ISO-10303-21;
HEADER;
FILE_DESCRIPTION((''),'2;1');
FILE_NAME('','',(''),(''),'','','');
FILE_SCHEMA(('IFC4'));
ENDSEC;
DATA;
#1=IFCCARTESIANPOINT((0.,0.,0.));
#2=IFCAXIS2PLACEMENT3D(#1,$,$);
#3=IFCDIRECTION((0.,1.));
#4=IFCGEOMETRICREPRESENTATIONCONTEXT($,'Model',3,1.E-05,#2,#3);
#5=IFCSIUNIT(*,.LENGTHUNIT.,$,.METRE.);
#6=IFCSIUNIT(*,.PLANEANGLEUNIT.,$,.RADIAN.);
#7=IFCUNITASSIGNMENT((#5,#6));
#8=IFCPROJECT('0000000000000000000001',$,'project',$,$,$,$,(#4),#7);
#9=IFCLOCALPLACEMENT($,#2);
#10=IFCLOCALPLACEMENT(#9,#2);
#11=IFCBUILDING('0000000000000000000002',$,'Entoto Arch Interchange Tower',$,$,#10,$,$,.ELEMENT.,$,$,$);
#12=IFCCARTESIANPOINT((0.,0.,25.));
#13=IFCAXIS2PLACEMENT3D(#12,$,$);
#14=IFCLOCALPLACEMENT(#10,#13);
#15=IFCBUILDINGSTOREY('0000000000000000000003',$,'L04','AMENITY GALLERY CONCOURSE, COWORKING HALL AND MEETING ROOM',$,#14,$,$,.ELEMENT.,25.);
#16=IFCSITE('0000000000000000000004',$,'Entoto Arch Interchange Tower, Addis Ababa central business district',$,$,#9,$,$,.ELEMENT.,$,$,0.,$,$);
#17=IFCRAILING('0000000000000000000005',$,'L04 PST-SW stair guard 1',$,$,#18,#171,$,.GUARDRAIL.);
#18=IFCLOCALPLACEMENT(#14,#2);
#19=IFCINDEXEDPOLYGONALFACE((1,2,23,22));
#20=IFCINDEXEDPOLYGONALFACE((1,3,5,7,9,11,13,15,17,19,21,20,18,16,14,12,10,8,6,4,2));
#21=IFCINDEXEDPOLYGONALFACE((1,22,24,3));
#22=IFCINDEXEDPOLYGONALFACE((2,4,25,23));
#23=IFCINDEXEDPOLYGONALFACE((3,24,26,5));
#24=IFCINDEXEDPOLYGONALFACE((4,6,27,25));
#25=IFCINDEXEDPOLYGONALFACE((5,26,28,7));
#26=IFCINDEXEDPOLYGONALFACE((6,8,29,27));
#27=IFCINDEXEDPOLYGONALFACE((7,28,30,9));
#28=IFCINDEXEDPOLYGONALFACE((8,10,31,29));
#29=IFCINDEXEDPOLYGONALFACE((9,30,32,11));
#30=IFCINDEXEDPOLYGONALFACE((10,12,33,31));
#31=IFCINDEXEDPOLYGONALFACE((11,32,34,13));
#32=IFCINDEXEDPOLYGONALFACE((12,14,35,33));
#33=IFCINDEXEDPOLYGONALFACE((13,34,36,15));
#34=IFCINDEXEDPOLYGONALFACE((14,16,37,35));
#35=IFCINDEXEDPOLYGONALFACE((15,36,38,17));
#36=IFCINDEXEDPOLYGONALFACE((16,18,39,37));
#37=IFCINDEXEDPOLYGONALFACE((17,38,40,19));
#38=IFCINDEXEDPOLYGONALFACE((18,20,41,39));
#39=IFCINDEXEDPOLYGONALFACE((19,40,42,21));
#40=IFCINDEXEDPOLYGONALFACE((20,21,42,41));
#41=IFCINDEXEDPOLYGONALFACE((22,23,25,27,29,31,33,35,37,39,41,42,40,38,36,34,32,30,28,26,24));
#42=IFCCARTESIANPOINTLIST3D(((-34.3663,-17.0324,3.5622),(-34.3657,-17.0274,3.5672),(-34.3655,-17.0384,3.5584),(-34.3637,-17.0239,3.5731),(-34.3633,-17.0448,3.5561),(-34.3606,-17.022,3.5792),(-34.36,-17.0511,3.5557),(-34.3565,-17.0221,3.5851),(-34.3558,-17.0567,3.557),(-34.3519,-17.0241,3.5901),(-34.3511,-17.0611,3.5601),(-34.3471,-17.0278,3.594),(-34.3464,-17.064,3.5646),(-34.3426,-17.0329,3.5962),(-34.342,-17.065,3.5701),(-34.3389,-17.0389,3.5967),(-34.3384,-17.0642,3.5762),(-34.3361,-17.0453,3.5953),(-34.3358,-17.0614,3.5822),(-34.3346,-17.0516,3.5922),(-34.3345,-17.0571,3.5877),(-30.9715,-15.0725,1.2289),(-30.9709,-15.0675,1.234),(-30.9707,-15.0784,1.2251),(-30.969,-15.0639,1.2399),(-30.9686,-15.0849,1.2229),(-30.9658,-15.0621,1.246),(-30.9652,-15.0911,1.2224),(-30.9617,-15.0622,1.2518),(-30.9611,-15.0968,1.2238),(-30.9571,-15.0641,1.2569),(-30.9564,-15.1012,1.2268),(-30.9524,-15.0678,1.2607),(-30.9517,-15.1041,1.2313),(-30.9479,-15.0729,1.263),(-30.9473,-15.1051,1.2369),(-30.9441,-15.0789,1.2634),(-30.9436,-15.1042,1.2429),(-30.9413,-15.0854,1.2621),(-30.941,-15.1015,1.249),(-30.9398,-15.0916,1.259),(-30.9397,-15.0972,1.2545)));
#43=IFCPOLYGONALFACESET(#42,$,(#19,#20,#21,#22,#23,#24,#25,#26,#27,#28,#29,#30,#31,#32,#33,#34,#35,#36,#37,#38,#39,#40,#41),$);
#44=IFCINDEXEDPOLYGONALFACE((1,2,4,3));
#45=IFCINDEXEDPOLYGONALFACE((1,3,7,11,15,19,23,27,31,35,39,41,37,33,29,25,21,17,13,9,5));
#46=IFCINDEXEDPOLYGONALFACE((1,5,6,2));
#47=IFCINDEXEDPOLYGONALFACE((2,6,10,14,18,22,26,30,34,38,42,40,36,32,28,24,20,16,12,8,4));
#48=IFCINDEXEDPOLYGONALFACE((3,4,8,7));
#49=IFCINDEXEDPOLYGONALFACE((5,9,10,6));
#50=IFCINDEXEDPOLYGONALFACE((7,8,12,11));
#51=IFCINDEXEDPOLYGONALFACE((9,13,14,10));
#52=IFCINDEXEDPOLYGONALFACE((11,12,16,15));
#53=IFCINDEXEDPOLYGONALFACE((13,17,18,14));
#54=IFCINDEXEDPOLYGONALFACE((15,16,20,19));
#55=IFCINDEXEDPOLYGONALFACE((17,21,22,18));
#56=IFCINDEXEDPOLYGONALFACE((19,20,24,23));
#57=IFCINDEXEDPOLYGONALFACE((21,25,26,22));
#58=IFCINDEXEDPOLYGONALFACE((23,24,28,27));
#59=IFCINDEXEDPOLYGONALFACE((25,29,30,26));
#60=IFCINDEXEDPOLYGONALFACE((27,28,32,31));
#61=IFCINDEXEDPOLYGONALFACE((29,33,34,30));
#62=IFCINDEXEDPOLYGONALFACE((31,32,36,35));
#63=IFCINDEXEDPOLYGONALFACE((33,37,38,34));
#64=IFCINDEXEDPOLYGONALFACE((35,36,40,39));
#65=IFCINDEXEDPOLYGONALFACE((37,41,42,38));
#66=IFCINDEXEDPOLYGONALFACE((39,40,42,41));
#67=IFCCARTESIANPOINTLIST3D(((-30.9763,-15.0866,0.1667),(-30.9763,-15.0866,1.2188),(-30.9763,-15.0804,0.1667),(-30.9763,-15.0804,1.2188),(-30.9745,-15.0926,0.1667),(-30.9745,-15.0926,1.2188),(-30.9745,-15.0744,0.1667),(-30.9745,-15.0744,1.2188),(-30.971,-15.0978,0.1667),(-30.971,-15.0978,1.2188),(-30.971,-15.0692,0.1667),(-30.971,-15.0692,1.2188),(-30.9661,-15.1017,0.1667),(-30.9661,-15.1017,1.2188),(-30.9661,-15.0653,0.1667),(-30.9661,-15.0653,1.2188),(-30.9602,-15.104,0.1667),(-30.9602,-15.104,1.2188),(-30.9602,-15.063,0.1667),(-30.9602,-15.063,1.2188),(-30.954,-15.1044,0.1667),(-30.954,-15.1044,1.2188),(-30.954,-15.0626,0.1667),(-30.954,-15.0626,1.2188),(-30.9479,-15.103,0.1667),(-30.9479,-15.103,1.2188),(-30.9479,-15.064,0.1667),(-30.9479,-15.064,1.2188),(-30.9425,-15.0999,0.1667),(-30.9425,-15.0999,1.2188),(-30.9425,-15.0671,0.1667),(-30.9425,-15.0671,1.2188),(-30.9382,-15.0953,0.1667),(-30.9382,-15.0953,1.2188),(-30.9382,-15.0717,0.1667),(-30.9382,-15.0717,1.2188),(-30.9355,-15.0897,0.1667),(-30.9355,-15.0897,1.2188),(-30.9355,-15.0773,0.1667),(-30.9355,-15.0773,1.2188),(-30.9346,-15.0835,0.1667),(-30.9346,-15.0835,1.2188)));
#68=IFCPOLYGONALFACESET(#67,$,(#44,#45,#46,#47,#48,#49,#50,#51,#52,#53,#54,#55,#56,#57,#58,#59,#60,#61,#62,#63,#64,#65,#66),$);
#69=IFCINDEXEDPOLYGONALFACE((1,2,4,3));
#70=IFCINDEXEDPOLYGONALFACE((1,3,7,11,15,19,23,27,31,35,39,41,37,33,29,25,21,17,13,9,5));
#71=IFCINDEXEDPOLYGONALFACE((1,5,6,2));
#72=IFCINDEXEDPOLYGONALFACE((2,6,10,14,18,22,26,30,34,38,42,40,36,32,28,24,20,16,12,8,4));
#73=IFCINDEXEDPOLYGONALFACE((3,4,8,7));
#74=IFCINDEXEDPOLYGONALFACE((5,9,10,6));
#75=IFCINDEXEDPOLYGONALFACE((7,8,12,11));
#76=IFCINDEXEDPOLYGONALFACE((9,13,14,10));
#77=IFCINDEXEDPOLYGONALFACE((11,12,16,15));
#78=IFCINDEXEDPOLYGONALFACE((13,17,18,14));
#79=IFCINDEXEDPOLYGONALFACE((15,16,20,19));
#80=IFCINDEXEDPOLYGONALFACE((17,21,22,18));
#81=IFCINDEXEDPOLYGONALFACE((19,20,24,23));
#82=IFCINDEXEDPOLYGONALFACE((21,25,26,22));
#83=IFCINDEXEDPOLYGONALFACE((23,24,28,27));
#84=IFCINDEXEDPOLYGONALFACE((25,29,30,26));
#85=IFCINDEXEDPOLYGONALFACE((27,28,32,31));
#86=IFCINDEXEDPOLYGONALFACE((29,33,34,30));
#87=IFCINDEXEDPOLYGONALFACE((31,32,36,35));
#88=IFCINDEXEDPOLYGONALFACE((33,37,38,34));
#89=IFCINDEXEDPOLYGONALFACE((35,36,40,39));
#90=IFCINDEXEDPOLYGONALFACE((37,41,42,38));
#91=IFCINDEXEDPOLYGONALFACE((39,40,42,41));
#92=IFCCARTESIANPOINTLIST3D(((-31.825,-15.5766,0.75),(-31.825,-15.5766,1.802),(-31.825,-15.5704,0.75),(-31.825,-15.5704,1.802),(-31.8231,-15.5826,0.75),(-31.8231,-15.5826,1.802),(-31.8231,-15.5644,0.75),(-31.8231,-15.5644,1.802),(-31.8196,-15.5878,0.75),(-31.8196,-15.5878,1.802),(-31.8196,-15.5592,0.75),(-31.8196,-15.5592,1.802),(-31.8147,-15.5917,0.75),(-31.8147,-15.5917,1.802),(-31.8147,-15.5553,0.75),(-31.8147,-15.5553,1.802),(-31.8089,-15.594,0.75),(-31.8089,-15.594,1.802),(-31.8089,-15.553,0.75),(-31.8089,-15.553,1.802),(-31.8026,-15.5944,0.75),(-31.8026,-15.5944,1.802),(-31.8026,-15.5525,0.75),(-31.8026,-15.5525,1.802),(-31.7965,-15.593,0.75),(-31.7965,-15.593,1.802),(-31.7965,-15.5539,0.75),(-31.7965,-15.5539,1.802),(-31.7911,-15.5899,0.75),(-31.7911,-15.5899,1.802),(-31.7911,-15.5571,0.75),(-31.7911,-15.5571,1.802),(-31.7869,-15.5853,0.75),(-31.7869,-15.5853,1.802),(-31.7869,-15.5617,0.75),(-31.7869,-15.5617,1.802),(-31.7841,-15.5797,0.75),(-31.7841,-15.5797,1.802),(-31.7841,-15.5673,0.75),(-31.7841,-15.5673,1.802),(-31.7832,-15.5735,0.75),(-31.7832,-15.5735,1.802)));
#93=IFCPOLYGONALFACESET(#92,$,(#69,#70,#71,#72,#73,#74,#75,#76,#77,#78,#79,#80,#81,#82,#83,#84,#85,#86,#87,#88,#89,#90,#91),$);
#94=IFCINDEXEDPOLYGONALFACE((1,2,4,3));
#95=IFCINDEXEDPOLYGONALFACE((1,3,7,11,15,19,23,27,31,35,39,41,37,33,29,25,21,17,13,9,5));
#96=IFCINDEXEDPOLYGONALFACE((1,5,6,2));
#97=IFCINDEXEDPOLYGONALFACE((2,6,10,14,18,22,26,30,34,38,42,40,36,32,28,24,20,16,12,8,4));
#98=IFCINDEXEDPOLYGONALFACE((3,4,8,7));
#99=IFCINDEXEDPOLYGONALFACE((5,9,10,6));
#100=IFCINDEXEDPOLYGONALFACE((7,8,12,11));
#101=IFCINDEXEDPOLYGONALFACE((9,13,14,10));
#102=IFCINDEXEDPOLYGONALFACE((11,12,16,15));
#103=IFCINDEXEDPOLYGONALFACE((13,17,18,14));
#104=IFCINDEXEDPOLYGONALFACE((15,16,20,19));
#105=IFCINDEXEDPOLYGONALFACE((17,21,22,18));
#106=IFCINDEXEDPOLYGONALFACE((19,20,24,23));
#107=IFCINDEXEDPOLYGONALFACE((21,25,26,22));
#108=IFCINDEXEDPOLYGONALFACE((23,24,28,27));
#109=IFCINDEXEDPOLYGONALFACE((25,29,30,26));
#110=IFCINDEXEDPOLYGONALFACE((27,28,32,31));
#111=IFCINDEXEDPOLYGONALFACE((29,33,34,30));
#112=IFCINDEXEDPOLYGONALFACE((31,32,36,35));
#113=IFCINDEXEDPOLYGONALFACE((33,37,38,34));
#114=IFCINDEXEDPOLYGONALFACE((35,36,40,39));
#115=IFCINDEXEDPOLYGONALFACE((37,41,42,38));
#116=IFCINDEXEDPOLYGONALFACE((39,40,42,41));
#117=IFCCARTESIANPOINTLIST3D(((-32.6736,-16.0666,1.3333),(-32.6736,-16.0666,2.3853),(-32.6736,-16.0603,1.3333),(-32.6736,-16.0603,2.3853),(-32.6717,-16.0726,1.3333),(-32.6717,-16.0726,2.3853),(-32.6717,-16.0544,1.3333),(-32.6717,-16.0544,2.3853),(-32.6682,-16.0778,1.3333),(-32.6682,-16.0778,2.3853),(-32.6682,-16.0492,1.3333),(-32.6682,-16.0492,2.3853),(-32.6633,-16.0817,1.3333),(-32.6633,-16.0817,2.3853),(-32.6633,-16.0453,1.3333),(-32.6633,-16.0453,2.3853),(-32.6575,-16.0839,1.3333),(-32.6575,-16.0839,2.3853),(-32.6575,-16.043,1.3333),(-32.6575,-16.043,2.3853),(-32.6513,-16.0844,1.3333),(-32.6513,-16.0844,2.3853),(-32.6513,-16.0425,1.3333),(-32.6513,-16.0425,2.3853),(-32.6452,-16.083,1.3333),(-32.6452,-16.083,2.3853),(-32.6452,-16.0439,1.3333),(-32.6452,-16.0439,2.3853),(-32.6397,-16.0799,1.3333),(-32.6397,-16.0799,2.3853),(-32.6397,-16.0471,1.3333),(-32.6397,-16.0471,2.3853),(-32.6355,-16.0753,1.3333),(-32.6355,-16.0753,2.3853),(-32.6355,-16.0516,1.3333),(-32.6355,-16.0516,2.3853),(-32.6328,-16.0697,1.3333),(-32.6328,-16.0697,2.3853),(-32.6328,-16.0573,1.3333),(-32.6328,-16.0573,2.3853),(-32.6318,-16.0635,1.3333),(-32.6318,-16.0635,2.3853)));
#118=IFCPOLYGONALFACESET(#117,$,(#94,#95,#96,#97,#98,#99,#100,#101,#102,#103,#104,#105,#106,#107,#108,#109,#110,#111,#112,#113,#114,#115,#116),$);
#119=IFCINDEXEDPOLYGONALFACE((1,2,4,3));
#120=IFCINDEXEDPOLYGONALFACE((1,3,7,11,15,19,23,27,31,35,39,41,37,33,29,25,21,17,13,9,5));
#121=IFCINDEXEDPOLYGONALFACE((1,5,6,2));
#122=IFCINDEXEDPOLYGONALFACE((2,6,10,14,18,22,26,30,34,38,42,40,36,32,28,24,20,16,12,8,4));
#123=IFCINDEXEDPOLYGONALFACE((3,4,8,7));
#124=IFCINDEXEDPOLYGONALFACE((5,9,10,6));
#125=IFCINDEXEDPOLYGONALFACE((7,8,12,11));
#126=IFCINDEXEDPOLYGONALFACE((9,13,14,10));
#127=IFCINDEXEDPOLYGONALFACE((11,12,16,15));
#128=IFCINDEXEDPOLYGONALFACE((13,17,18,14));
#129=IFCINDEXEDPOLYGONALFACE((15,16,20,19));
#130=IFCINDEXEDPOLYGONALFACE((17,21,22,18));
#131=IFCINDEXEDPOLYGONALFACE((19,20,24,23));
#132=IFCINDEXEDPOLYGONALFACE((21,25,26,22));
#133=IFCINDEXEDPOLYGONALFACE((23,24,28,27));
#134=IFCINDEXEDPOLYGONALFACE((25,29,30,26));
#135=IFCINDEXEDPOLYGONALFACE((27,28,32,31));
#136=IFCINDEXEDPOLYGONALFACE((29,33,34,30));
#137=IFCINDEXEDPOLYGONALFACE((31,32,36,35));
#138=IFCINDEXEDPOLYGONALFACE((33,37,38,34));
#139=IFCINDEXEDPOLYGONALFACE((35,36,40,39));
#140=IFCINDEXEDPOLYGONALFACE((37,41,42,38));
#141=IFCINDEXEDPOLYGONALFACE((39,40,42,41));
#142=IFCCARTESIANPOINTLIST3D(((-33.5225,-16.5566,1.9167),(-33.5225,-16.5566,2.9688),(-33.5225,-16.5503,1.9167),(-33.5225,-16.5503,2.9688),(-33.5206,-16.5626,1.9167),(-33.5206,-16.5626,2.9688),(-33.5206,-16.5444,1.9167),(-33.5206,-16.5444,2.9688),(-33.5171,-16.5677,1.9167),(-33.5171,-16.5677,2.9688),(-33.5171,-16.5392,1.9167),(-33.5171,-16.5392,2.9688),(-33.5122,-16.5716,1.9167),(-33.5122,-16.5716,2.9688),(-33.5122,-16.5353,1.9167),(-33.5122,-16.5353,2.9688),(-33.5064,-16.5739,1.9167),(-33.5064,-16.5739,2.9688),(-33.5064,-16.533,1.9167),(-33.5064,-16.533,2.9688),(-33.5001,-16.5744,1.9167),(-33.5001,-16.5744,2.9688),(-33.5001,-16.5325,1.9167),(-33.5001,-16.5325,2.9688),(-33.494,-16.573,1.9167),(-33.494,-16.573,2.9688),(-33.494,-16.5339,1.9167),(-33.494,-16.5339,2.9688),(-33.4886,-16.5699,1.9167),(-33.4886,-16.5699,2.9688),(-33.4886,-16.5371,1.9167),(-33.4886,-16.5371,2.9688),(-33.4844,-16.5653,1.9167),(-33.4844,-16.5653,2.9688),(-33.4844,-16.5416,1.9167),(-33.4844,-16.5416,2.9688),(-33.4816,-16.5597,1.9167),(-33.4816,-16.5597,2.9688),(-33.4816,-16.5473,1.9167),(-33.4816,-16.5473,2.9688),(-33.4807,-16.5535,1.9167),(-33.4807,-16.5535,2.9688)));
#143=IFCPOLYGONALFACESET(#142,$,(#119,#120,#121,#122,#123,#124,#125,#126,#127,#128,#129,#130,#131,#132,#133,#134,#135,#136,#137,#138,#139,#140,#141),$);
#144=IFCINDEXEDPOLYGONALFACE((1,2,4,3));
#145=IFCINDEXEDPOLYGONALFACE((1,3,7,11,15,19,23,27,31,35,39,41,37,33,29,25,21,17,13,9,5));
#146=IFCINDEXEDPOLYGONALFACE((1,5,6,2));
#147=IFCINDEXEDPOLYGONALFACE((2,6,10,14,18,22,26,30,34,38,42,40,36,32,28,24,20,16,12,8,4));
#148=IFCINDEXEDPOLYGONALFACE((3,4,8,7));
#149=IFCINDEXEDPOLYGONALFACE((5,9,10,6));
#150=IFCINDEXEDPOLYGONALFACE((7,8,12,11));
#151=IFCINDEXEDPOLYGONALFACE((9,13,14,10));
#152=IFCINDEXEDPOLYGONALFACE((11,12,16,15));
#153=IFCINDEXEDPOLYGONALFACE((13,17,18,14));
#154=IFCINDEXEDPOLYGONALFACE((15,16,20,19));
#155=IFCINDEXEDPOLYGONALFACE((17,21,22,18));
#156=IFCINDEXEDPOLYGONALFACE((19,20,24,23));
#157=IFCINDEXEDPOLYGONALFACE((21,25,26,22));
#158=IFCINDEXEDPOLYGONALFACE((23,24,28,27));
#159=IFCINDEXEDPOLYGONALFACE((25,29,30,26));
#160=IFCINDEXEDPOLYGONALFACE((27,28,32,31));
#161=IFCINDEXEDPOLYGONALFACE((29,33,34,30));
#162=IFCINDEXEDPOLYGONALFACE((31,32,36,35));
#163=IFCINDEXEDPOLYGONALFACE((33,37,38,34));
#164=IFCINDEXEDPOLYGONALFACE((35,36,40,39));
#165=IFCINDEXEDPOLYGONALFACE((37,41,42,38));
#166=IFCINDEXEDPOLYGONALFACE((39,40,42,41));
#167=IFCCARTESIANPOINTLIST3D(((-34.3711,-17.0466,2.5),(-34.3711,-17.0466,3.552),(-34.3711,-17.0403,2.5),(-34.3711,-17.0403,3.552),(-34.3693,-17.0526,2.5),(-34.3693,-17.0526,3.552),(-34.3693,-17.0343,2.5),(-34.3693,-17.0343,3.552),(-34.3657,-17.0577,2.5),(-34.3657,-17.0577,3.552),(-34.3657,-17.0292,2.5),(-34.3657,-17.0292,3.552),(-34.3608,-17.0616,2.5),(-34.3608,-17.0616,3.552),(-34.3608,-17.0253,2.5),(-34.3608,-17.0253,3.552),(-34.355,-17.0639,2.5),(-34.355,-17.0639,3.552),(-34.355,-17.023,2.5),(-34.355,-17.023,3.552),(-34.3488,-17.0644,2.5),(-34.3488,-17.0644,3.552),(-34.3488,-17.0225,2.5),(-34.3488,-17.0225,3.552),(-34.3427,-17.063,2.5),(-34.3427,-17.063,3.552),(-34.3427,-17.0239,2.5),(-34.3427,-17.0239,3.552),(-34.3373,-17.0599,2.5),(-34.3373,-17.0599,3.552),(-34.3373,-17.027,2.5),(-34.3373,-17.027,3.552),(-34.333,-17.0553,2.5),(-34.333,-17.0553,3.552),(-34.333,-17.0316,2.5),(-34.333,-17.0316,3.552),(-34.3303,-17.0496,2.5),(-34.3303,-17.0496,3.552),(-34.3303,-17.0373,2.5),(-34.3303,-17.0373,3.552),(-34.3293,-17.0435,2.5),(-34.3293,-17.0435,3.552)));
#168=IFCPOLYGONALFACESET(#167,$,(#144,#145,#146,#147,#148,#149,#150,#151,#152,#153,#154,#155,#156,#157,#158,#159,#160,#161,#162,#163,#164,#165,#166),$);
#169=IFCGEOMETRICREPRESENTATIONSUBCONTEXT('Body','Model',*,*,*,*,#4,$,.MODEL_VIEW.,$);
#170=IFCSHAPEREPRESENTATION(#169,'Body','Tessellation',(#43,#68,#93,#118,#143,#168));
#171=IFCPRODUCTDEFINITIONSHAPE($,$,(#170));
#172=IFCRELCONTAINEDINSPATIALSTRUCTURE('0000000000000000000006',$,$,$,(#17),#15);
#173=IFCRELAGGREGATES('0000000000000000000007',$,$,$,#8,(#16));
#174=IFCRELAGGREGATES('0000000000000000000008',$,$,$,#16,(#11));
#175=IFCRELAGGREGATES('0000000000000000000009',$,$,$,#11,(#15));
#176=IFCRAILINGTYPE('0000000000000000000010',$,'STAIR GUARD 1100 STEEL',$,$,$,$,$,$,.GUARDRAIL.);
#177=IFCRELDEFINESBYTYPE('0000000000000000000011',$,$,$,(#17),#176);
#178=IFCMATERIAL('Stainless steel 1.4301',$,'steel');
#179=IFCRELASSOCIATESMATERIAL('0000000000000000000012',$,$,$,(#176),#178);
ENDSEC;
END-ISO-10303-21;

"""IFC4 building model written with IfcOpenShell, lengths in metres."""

from ifc_helpers import new_model, si_unit, direction, frame, origin, origin_2d, place, context, subcontext, project, spatial, circle, extrude, material, type_object, element, save


model = new_model("IFC4")

# Units and contexts
model_context = context("Model", 3, precision=1e-05, world=origin(), true_north=direction((0.0, 1.0)))
body_context = subcontext(model_context, "Body", "Model", "MODEL_VIEW")
ifc_project = project(units=[si_unit("LENGTHUNIT", "METRE"), si_unit("PLANEANGLEUNIT", "RADIAN")], contexts=[model_context])

# Site, building, storey
site_placement = place(None, origin())
site = spatial("IfcSite", under=ifc_project, at=site_placement, Name="Entoto Arch Interchange Tower, Addis Ababa central business district", CompositionType="ELEMENT", RefElevation=0.0)
building_placement = place(site_placement, origin())
building = spatial("IfcBuilding", under=site, at=building_placement, Name="Entoto Arch Interchange Tower", CompositionType="ELEMENT")
storey_placement = place(building_placement, frame((0.0, 0.0, 25.0)))
storey = spatial("IfcBuildingStorey", under=building, at=storey_placement, Name="L04", Description="AMENITY GALLERY CONCOURSE, COWORKING HALL AND MEETING ROOM", CompositionType="ELEMENT", Elevation=25.0)

# Railing
ifc_material_1 = material(Name="Stainless steel 1.4301", Category="steel")
railing_type_1 = type_object("IfcRailingType", Name="STAIR GUARD 1100 STEEL", PredefinedType="GUARDRAIL", material=ifc_material_1)
railing_1_placement = place(storey_placement, frame((-30.9556, -15.0835, 0.1667)))
element("IfcRailing", 1, at=railing_1_placement, inside=storey, type_object=railing_type_1, Name="L04 PST-SW stair guard 1", PredefinedType="GUARDRAIL", context=body_context, shape_type="SweptSolid", body=[
    extrude(circle(Radius=0.0239, at=origin_2d()), frame((0.0, 0.0, 1.0762), z_axis=(-0.744175, -0.429646, 0.511476), x_axis=(0.499997, -0.866027, 0.0)), (0.0, 0.0, 1.0), 4.5618),
    extrude(circle(Radius=0.021, at=origin_2d()), origin(), (0.0, 0.0, 1.0), 1.052),
    extrude(circle(Radius=0.021, at=origin_2d()), frame((-0.8486, -0.49, 0.5833)), (0.0, 0.0, 1.0), 1.052),
    extrude(circle(Radius=0.021, at=origin_2d()), frame((-1.6973, -0.98, 1.1665)), (0.0, 0.0, 1.0), 1.052),
    extrude(circle(Radius=0.021, at=origin_2d()), frame((-2.5461, -1.47, 1.75)), (0.0, 0.0, 1.0), 1.052),
    extrude(circle(Radius=0.021, at=origin_2d()), frame((-3.3948, -1.96, 2.3333)), (0.0, 0.0, 1.0), 1.052),
])

save(model, "model.ifc")
